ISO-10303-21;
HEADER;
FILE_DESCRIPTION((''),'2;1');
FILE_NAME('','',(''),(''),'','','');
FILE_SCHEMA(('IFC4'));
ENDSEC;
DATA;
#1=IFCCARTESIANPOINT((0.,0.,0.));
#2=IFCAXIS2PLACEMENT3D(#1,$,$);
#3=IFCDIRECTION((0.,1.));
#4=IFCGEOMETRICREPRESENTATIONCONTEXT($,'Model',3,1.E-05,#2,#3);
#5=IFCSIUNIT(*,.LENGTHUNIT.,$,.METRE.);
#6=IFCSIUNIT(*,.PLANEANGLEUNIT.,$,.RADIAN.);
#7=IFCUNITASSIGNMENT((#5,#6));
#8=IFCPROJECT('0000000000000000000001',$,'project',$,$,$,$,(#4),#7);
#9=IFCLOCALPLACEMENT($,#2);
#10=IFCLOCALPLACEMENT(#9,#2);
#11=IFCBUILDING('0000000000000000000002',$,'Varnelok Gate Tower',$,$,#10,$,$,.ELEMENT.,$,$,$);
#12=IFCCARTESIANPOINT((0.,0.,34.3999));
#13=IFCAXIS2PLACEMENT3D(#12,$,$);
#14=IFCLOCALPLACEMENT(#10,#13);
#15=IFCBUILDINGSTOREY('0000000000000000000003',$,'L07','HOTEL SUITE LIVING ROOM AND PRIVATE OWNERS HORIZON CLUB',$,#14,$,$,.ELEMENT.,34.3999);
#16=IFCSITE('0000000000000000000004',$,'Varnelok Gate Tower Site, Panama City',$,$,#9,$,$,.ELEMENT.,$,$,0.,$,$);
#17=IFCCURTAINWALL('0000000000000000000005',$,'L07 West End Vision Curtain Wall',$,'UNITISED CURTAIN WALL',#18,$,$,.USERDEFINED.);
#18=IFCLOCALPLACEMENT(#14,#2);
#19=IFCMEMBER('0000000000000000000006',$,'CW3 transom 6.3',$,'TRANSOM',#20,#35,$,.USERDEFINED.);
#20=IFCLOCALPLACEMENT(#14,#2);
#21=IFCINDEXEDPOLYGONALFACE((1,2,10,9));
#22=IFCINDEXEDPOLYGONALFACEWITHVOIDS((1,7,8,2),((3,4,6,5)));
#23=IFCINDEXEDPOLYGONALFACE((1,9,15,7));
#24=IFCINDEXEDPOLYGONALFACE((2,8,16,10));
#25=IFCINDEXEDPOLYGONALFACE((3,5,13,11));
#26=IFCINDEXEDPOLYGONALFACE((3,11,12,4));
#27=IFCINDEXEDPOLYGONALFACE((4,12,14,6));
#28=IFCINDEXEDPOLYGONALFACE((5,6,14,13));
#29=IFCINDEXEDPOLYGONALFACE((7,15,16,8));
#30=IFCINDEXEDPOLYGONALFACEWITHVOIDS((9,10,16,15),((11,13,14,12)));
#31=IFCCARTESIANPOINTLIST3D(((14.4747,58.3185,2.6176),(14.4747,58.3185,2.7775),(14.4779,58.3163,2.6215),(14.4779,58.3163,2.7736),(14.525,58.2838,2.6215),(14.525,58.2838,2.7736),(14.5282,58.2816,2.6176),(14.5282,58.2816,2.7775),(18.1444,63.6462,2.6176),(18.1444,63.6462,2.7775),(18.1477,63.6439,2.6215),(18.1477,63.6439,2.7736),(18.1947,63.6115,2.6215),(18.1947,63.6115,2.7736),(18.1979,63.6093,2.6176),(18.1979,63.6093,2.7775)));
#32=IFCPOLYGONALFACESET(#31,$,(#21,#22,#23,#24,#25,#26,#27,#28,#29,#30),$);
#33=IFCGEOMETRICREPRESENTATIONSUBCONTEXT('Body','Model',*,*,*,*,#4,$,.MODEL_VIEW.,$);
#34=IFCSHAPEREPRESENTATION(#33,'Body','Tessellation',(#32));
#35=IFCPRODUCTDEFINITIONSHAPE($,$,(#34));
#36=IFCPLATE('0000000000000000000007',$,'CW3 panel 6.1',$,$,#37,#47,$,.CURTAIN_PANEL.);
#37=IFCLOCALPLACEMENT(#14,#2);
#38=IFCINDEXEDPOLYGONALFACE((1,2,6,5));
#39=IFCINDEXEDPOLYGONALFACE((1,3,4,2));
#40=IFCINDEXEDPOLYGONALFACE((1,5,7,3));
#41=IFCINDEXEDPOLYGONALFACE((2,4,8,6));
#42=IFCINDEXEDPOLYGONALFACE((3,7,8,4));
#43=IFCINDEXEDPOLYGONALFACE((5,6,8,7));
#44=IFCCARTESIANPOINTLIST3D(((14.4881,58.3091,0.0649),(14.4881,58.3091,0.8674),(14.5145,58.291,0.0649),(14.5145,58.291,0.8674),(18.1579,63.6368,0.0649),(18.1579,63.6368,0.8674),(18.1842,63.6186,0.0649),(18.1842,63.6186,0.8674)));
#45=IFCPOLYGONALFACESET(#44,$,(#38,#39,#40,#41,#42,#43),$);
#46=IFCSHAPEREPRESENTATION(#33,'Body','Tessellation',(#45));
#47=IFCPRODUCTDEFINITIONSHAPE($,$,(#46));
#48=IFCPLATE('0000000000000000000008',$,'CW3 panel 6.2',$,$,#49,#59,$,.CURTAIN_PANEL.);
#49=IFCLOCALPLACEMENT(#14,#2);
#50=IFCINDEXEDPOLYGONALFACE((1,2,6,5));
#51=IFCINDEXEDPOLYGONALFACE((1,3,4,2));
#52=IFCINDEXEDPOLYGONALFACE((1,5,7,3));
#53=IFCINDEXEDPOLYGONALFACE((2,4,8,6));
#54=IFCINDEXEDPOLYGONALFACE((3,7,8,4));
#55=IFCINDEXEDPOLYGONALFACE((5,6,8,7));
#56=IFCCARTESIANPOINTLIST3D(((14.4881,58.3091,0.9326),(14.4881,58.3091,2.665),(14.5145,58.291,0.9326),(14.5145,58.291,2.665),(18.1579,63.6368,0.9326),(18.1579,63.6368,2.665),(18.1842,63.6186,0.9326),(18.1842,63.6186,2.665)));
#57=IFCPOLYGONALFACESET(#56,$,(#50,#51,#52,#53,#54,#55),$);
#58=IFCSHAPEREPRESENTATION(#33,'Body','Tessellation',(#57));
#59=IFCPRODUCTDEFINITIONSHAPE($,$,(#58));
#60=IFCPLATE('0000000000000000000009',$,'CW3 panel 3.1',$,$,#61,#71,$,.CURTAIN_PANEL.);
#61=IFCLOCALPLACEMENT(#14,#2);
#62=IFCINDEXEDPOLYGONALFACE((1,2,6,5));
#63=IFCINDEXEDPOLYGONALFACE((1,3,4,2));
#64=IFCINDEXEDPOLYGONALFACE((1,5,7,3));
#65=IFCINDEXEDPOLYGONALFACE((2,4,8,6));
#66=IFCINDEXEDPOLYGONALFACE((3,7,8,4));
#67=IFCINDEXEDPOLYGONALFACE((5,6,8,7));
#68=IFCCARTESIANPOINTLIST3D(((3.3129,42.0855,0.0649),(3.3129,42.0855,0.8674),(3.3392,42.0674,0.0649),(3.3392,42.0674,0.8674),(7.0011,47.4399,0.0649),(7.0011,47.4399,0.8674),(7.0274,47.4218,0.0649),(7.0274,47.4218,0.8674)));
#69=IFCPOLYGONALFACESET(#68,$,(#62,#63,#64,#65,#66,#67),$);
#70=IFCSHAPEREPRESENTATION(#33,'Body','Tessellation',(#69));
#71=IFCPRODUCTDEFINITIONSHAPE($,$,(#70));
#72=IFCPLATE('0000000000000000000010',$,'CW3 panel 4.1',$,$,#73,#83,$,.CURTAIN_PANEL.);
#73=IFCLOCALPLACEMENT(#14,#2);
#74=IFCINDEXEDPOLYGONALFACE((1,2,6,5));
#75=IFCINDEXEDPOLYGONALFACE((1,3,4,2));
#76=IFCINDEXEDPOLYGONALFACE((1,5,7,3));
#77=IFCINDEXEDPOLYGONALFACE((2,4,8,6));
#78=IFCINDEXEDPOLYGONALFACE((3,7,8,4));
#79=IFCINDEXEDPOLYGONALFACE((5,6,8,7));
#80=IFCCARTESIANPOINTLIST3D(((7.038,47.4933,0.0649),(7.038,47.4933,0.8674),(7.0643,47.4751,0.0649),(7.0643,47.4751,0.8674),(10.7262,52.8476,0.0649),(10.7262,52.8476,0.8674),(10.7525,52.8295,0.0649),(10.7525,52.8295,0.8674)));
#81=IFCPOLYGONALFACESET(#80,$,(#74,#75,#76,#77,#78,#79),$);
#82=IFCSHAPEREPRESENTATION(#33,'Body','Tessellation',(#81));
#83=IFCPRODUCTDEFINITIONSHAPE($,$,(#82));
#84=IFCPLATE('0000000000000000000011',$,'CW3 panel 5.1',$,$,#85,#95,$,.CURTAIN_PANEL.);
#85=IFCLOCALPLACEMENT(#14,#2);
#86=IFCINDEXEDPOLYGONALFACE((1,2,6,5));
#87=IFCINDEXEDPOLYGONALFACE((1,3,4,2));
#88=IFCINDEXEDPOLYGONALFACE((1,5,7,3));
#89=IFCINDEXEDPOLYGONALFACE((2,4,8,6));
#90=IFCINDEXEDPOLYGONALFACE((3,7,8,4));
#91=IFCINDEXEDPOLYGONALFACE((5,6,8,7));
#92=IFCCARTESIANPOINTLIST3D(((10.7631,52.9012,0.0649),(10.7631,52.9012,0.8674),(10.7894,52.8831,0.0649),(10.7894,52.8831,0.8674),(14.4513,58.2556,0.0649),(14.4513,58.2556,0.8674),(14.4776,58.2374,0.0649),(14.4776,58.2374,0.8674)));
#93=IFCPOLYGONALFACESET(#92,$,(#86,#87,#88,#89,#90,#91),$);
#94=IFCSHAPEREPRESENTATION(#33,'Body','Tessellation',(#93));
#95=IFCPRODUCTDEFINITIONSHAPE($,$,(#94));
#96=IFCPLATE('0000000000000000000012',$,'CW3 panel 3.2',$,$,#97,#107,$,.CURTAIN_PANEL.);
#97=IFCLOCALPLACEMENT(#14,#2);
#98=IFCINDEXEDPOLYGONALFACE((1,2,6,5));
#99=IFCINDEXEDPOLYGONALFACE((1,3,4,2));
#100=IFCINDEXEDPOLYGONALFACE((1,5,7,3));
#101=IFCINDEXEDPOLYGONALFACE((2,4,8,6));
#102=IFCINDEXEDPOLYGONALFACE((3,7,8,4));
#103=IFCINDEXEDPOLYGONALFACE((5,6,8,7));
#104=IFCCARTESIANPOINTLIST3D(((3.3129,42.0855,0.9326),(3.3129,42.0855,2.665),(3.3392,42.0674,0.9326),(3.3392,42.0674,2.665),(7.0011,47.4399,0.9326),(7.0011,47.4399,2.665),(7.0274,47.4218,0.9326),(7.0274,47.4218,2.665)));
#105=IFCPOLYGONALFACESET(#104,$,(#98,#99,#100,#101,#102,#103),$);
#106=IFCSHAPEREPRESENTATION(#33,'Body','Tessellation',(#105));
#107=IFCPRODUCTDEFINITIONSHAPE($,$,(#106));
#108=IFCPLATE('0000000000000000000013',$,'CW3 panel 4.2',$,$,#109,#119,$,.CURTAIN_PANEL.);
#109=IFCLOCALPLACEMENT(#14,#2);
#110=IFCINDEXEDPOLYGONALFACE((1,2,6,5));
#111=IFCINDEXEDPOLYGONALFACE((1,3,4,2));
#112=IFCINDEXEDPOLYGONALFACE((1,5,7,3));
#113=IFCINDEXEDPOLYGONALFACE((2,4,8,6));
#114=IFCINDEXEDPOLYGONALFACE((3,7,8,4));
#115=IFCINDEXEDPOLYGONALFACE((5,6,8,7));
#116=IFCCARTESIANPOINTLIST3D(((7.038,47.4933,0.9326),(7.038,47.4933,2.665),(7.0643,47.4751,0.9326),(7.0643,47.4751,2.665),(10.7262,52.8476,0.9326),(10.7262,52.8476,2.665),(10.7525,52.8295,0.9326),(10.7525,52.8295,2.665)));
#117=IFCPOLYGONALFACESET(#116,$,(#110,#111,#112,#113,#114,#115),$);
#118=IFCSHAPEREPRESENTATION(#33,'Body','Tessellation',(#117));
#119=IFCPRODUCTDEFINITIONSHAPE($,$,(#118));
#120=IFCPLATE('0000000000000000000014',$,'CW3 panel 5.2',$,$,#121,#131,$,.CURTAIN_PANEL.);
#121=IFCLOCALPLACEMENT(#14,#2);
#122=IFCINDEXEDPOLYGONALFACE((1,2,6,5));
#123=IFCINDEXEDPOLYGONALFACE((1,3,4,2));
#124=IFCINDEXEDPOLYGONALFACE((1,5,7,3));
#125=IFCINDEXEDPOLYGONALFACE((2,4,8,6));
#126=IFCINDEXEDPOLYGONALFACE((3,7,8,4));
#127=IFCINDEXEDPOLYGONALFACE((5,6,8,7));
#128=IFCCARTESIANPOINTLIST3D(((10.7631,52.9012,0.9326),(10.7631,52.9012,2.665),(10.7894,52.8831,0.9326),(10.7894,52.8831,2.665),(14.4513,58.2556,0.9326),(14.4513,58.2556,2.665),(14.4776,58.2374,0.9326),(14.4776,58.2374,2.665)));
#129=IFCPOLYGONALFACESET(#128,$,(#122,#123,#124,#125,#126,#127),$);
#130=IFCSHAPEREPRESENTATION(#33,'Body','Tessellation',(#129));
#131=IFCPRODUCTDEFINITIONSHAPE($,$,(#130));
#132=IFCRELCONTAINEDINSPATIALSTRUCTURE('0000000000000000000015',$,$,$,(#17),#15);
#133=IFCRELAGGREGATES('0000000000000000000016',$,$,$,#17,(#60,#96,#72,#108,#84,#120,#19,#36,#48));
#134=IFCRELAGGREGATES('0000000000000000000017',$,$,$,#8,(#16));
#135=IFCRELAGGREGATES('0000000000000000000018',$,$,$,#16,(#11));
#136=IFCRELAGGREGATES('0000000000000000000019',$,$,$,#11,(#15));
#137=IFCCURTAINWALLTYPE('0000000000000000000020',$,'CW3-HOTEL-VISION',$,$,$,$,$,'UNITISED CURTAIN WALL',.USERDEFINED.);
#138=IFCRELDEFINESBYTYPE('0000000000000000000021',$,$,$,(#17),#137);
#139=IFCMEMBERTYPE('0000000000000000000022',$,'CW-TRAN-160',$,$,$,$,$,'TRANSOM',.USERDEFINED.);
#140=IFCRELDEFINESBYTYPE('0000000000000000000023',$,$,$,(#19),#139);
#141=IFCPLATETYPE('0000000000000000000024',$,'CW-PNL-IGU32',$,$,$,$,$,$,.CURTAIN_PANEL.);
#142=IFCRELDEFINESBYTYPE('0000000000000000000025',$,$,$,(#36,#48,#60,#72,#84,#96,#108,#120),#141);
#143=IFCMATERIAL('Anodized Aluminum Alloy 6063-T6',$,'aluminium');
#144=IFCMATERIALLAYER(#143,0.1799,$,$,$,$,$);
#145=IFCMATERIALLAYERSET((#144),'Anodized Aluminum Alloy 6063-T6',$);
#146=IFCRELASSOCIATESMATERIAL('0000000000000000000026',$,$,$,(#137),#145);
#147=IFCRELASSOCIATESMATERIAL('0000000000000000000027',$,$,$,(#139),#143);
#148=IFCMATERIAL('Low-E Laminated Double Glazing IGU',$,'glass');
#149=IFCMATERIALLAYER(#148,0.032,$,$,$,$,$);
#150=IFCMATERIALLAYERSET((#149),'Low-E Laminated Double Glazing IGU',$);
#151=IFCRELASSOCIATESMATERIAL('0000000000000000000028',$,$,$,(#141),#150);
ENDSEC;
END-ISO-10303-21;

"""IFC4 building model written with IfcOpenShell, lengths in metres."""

from ifc_helpers import new_model, si_unit, direction, frame, origin, origin_2d, place, context, subcontext, project, spatial, rectangle, hollow_rectangle, extrude, source, transform, mapped, material, layer, layer_set, material_profile, profile_set, type_object, element, aggregate, save


model = new_model("IFC4")

# Units and contexts
model_context = context("Model", 3, precision=1e-05, world=origin(), true_north=direction((0.0, 1.0)))
body_context = subcontext(model_context, "Body", "Model", "MODEL_VIEW")
ifc_project = project(units=[si_unit("LENGTHUNIT", "METRE"), si_unit("PLANEANGLEUNIT", "RADIAN")], contexts=[model_context])

# Site, building, storey
site_placement = place(None, origin())
site = spatial("IfcSite", under=ifc_project, at=site_placement, Name="Varnelok Gate Tower Site, Panama City", CompositionType="ELEMENT", RefElevation=0.0)
building_placement = place(site_placement, origin())
building = spatial("IfcBuilding", under=site, at=building_placement, Name="Varnelok Gate Tower", CompositionType="ELEMENT")
storey_placement = place(building_placement, frame((0.0, 0.0, 34.3999)))
storey = spatial("IfcBuildingStorey", under=building, at=storey_placement, Name="L07", Description="HOTEL SUITE LIVING ROOM AND PRIVATE OWNERS HORIZON CLUB", CompositionType="ELEMENT", Elevation=34.3999)

# Curtain wall, member, plates
ifc_material_1 = material(Name="Anodized Aluminum Alloy 6063-T6", Category="aluminium")
ifc_layer_1 = layer(ifc_material_1, 0.1799)
ifc_layer_set_1 = layer_set([ifc_layer_1], Name="Anodized Aluminum Alloy 6063-T6")
curtain_wall_type = type_object("IfcCurtainWallType", Name="CW3-HOTEL-VISION", ElementType="UNITISED CURTAIN WALL", PredefinedType="USERDEFINED", material=ifc_layer_set_1)
curtain_wall_placement = place(storey_placement, origin())
curtain_wall = element("IfcCurtainWall", 1, at=curtain_wall_placement, inside=storey, type_object=curtain_wall_type, Name="L07 West End Vision Curtain Wall", ObjectType="UNITISED CURTAIN WALL", PredefinedType="USERDEFINED")
ifc_material_profile_1 = material_profile(ifc_material_1, hollow_rectangle(XDim=0.0649, YDim=0.1599, WallThickness=0.0039, at=origin_2d()), Name="ALU160X65X4")
ifc_profile_set_1 = profile_set([ifc_material_profile_1], Name="Anodized Aluminum Alloy 6063-T6")
member_type_1 = type_object("IfcMemberType", Name="CW-TRAN-160", ElementType="TRANSOM", PredefinedType="USERDEFINED", material=ifc_profile_set_1)
member_1_placement = place(storey_placement, frame((14.5015, 58.3, 2.6975), z_axis=(0.567256, 0.823542, 0.0), x_axis=(-0.823542, 0.567256, 0.0)))
member_1 = element("IfcMember", 2, at=member_1_placement, type_object=member_type_1, Name="CW3 transom 6.3", ObjectType="TRANSOM", PredefinedType="USERDEFINED", context=body_context, shape_type="SweptSolid", body=[
    extrude(hollow_rectangle(XDim=0.0649, YDim=0.1599, WallThickness=0.0039, at=origin_2d()), origin(), (0.0, 0.0, 1.0), 6.4692),
])
ifc_material_2 = material(Name="Low-E Laminated Double Glazing IGU", Category="glass")
ifc_layer_2 = layer(ifc_material_2, 0.032)
ifc_layer_set_2 = layer_set([ifc_layer_2], Name="Low-E Laminated Double Glazing IGU")
plate_type = type_object("IfcPlateType", Name="CW-PNL-IGU32", PredefinedType="CURTAIN_PANEL", material=ifc_layer_set_2)
shared_shape_1 = source(origin(), body_context, "Body", "SweptSolid", [
    extrude(rectangle(XDim=6.4692, YDim=0.032, at=origin_2d()), origin(), (0.0, 0.0, 1.0), 0.8025),
])
plate_1_placement = place(storey_placement, frame((16.3362, 60.9639, 0.0649), z_axis=(0.0, 0.0, 1.0), x_axis=(0.567269, 0.823533, 0.0)))
plate_1 = element("IfcPlate", 3, at=plate_1_placement, type_object=plate_type, Name="CW3 panel 6.1", PredefinedType="CURTAIN_PANEL", context=body_context, shape_type="MappedRepresentation", body=[
    mapped(shared_shape_1, transform((0.0, 0.0, 0.0), scale=1.0)),
])
shared_shape_2 = source(origin(), body_context, "Body", "SweptSolid", [
    extrude(rectangle(XDim=6.4692, YDim=0.032, at=origin_2d()), origin(), (0.0, 0.0, 1.0), 1.7324),
])
plate_2_placement = place(storey_placement, frame((16.3362, 60.9639, 0.9326), z_axis=(0.0, 0.0, 1.0), x_axis=(0.567269, 0.823533, 0.0)))
plate_2 = element("IfcPlate", 4, at=plate_2_placement, type_object=plate_type, Name="CW3 panel 6.2", PredefinedType="CURTAIN_PANEL", context=body_context, shape_type="MappedRepresentation", body=[
    mapped(shared_shape_2, transform((0.0, 0.0, 0.0), scale=1.0)),
])
shared_shape_3 = source(origin(), body_context, "Body", "SweptSolid", [
    extrude(rectangle(XDim=6.5017, YDim=0.032, at=origin_2d()), origin(), (0.0, 0.0, 1.0), 0.8025),
])
plate_3_placement = place(storey_placement, frame((5.1702, 44.7537, 0.0649), z_axis=(0.0, 0.0, 1.0), x_axis=(0.567269, 0.823533, 0.0)))
plate_3 = element("IfcPlate", 5, at=plate_3_placement, type_object=plate_type, Name="CW3 panel 3.1", PredefinedType="CURTAIN_PANEL", context=body_context, shape_type="MappedRepresentation", body=[
    mapped(shared_shape_3, transform((0.0, 0.0, 0.0), scale=1.0)),
])
plate_4_placement = place(storey_placement, frame((8.8953, 50.1614, 0.0649), z_axis=(0.0, 0.0, 1.0), x_axis=(0.567269, 0.823533, 0.0)))
plate_4 = element("IfcPlate", 6, at=plate_4_placement, type_object=plate_type, Name="CW3 panel 4.1", PredefinedType="CURTAIN_PANEL", context=body_context, shape_type="MappedRepresentation", body=[
    mapped(shared_shape_3, transform((0.0, 0.0, 0.0), scale=1.0)),
])
plate_5_placement = place(storey_placement, frame((12.6204, 55.5693, 0.0649), z_axis=(0.0, 0.0, 1.0), x_axis=(0.567269, 0.823533, 0.0)))
plate_5 = element("IfcPlate", 7, at=plate_5_placement, type_object=plate_type, Name="CW3 panel 5.1", PredefinedType="CURTAIN_PANEL", context=body_context, shape_type="MappedRepresentation", body=[
    mapped(shared_shape_3, transform((0.0, 0.0, 0.0), scale=1.0)),
])
shared_shape_4 = source(origin(), body_context, "Body", "SweptSolid", [
    extrude(rectangle(XDim=6.5017, YDim=0.032, at=origin_2d()), origin(), (0.0, 0.0, 1.0), 1.7324),
])
plate_6_placement = place(storey_placement, frame((5.1702, 44.7537, 0.9326), z_axis=(0.0, 0.0, 1.0), x_axis=(0.567269, 0.823533, 0.0)))
plate_6 = element("IfcPlate", 8, at=plate_6_placement, type_object=plate_type, Name="CW3 panel 3.2", PredefinedType="CURTAIN_PANEL", context=body_context, shape_type="MappedRepresentation", body=[
    mapped(shared_shape_4, transform((0.0, 0.0, 0.0), scale=1.0)),
])
plate_7_placement = place(storey_placement, frame((8.8953, 50.1614, 0.9326), z_axis=(0.0, 0.0, 1.0), x_axis=(0.567269, 0.823533, 0.0)))
plate_7 = element("IfcPlate", 9, at=plate_7_placement, type_object=plate_type, Name="CW3 panel 4.2", PredefinedType="CURTAIN_PANEL", context=body_context, shape_type="MappedRepresentation", body=[
    mapped(shared_shape_4, transform((0.0, 0.0, 0.0), scale=1.0)),
])
plate_8_placement = place(storey_placement, frame((12.6204, 55.5693, 0.9326), z_axis=(0.0, 0.0, 1.0), x_axis=(0.567269, 0.823533, 0.0)))
plate_8 = element("IfcPlate", 10, at=plate_8_placement, type_object=plate_type, Name="CW3 panel 5.2", PredefinedType="CURTAIN_PANEL", context=body_context, shape_type="MappedRepresentation", body=[
    mapped(shared_shape_4, transform((0.0, 0.0, 0.0), scale=1.0)),
])
aggregate(curtain_wall, [plate_3, plate_6, plate_4, plate_7, plate_5, plate_8, member_1, plate_1, plate_2])

save(model, "model.ifc")
